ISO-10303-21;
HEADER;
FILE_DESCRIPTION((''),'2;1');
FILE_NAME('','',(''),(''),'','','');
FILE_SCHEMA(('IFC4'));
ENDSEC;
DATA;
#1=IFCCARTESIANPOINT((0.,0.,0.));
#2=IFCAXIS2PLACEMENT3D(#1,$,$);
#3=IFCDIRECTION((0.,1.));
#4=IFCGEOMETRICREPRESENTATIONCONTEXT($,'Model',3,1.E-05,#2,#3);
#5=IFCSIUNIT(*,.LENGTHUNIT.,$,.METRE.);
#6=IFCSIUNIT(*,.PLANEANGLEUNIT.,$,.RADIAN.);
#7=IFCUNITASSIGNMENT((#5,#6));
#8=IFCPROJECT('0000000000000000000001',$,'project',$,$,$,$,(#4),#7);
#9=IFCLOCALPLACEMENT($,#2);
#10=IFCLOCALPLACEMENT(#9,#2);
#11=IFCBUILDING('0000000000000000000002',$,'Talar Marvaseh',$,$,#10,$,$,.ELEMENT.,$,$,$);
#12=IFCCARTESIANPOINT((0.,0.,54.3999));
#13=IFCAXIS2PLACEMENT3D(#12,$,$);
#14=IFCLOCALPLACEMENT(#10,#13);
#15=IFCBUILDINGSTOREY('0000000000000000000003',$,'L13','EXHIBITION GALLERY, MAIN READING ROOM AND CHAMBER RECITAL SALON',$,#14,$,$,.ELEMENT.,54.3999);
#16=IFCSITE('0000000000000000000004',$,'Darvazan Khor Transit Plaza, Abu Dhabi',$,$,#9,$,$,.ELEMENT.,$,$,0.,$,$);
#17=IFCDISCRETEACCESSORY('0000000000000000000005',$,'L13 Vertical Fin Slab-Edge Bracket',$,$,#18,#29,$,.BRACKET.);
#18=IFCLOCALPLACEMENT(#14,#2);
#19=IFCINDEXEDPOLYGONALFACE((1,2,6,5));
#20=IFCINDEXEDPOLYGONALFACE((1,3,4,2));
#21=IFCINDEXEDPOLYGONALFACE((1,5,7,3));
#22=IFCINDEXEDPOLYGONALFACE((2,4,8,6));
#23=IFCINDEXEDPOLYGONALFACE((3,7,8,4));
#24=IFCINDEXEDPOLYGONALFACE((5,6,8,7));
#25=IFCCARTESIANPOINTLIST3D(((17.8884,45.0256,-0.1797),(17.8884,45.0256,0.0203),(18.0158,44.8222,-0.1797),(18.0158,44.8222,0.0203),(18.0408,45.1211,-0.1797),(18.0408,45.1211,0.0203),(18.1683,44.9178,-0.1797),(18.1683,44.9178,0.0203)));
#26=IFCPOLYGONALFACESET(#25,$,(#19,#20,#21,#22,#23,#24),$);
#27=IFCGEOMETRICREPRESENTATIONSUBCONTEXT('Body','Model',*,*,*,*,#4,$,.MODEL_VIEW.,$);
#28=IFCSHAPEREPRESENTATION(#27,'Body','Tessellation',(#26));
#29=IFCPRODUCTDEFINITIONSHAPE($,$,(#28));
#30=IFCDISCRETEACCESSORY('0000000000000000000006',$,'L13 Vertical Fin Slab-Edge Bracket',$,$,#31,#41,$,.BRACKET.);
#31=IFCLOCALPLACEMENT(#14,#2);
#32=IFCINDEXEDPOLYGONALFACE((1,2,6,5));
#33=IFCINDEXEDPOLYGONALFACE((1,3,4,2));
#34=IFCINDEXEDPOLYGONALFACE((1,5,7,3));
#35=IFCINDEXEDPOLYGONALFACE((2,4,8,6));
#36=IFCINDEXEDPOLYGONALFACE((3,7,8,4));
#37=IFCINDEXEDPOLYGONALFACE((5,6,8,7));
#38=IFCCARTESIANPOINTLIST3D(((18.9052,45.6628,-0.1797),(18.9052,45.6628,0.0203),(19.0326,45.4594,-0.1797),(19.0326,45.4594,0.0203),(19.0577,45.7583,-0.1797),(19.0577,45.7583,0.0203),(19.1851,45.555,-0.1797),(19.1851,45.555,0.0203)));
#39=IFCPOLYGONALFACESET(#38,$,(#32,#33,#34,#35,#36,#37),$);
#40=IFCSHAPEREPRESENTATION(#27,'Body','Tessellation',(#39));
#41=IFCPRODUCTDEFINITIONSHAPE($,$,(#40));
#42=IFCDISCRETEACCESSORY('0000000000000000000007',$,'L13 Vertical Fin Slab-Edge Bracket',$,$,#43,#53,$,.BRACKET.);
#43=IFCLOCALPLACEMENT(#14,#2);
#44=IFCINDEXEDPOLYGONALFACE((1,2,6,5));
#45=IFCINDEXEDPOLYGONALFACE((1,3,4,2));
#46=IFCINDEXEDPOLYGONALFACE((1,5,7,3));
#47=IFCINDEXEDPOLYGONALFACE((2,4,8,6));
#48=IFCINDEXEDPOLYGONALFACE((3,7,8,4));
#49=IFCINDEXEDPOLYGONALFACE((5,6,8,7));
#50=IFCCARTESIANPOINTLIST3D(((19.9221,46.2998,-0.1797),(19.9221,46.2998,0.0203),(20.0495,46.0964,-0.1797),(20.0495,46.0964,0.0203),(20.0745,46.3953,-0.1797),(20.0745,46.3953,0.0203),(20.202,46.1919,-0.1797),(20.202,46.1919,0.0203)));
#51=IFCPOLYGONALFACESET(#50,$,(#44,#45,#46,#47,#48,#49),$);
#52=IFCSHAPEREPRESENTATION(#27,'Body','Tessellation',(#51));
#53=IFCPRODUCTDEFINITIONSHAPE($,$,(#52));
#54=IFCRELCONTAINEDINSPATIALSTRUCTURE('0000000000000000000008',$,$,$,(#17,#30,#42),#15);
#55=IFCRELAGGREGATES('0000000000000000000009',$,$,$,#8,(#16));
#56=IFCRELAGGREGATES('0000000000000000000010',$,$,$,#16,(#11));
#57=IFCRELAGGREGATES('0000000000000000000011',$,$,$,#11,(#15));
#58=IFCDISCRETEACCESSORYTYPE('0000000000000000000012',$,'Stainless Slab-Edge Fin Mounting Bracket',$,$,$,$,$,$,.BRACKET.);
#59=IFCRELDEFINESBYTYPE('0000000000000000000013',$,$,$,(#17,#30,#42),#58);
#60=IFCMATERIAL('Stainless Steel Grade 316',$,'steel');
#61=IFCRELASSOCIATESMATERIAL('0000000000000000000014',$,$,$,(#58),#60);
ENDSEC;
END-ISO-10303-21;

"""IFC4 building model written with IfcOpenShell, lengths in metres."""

from ifc_helpers import new_model, si_unit, direction, frame, origin, origin_2d, place, context, subcontext, project, spatial, rectangle, extrude, source, transform, mapped, material, type_object, type_shapes, element, save


model = new_model("IFC4")

# Units and contexts
model_context = context("Model", 3, precision=1e-05, world=origin(), true_north=direction((0.0, 1.0)))
body_context = subcontext(model_context, "Body", "Model", "MODEL_VIEW")
ifc_project = project(units=[si_unit("LENGTHUNIT", "METRE"), si_unit("PLANEANGLEUNIT", "RADIAN")], contexts=[model_context])

# Site, building, storey
site_placement = place(None, origin())
site = spatial("IfcSite", under=ifc_project, at=site_placement, Name="Darvazan Khor Transit Plaza, Abu Dhabi", CompositionType="ELEMENT", RefElevation=0.0)
building_placement = place(site_placement, origin())
building = spatial("IfcBuilding", under=site, at=building_placement, Name="Talar Marvaseh", CompositionType="ELEMENT")
storey_placement = place(building_placement, frame((0.0, 0.0, 54.3999)))
storey = spatial("IfcBuildingStorey", under=building, at=storey_placement, Name="L13", Description="EXHIBITION GALLERY, MAIN READING ROOM AND CHAMBER RECITAL SALON", CompositionType="ELEMENT", Elevation=54.3999)

# Discrete accessories
ifc_material_1 = material(Name="Stainless Steel Grade 316", Category="steel")
discrete_accessory_type = type_object("IfcDiscreteAccessoryType", Name="Stainless Slab-Edge Fin Mounting Bracket", PredefinedType="BRACKET", material=ifc_material_1)
shared_shape_1 = source(origin(), body_context, "Body", "SweptSolid", [
    extrude(rectangle(XDim=0.24, YDim=0.1799, at=origin_2d()), origin(), (0.0, 0.0, 1.0), 0.2),
])
type_shapes(discrete_accessory_type, [shared_shape_1])
for number, where, z_axis, x_axis, name in (
    (1, (18.0283, 44.9717, -0.1797), (0.0, 0.0, 1.0), (-0.530955, 0.8474, 0.0), "L13 Vertical Fin Slab-Edge Bracket"),
    (2, (19.0452, 45.6089, -0.1797), (0.0, 0.0, 1.0), (-0.530955, 0.8474, 0.0), "L13 Vertical Fin Slab-Edge Bracket"),
    (3, (20.062, 46.2458, -0.1797), (0.0, 0.0, 1.0), (-0.530955, 0.8474, 0.0), "L13 Vertical Fin Slab-Edge Bracket"),
):
    element("IfcDiscreteAccessory", number, at=place(storey_placement, frame(where, z_axis=z_axis, x_axis=x_axis)), inside=storey, type_object=discrete_accessory_type, Name=name, PredefinedType="BRACKET", context=body_context, shape_type="MappedRepresentation", body=[
        mapped(shared_shape_1, transform((0.0, 0.0, 0.0), x_axis=(1.0, 0.0, 0.0), y_axis=(0.0, 1.0, 0.0), z_axis=(0.0, 0.0, 1.0), scale=1.0)),
    ])

save(model, "model.ifc")
